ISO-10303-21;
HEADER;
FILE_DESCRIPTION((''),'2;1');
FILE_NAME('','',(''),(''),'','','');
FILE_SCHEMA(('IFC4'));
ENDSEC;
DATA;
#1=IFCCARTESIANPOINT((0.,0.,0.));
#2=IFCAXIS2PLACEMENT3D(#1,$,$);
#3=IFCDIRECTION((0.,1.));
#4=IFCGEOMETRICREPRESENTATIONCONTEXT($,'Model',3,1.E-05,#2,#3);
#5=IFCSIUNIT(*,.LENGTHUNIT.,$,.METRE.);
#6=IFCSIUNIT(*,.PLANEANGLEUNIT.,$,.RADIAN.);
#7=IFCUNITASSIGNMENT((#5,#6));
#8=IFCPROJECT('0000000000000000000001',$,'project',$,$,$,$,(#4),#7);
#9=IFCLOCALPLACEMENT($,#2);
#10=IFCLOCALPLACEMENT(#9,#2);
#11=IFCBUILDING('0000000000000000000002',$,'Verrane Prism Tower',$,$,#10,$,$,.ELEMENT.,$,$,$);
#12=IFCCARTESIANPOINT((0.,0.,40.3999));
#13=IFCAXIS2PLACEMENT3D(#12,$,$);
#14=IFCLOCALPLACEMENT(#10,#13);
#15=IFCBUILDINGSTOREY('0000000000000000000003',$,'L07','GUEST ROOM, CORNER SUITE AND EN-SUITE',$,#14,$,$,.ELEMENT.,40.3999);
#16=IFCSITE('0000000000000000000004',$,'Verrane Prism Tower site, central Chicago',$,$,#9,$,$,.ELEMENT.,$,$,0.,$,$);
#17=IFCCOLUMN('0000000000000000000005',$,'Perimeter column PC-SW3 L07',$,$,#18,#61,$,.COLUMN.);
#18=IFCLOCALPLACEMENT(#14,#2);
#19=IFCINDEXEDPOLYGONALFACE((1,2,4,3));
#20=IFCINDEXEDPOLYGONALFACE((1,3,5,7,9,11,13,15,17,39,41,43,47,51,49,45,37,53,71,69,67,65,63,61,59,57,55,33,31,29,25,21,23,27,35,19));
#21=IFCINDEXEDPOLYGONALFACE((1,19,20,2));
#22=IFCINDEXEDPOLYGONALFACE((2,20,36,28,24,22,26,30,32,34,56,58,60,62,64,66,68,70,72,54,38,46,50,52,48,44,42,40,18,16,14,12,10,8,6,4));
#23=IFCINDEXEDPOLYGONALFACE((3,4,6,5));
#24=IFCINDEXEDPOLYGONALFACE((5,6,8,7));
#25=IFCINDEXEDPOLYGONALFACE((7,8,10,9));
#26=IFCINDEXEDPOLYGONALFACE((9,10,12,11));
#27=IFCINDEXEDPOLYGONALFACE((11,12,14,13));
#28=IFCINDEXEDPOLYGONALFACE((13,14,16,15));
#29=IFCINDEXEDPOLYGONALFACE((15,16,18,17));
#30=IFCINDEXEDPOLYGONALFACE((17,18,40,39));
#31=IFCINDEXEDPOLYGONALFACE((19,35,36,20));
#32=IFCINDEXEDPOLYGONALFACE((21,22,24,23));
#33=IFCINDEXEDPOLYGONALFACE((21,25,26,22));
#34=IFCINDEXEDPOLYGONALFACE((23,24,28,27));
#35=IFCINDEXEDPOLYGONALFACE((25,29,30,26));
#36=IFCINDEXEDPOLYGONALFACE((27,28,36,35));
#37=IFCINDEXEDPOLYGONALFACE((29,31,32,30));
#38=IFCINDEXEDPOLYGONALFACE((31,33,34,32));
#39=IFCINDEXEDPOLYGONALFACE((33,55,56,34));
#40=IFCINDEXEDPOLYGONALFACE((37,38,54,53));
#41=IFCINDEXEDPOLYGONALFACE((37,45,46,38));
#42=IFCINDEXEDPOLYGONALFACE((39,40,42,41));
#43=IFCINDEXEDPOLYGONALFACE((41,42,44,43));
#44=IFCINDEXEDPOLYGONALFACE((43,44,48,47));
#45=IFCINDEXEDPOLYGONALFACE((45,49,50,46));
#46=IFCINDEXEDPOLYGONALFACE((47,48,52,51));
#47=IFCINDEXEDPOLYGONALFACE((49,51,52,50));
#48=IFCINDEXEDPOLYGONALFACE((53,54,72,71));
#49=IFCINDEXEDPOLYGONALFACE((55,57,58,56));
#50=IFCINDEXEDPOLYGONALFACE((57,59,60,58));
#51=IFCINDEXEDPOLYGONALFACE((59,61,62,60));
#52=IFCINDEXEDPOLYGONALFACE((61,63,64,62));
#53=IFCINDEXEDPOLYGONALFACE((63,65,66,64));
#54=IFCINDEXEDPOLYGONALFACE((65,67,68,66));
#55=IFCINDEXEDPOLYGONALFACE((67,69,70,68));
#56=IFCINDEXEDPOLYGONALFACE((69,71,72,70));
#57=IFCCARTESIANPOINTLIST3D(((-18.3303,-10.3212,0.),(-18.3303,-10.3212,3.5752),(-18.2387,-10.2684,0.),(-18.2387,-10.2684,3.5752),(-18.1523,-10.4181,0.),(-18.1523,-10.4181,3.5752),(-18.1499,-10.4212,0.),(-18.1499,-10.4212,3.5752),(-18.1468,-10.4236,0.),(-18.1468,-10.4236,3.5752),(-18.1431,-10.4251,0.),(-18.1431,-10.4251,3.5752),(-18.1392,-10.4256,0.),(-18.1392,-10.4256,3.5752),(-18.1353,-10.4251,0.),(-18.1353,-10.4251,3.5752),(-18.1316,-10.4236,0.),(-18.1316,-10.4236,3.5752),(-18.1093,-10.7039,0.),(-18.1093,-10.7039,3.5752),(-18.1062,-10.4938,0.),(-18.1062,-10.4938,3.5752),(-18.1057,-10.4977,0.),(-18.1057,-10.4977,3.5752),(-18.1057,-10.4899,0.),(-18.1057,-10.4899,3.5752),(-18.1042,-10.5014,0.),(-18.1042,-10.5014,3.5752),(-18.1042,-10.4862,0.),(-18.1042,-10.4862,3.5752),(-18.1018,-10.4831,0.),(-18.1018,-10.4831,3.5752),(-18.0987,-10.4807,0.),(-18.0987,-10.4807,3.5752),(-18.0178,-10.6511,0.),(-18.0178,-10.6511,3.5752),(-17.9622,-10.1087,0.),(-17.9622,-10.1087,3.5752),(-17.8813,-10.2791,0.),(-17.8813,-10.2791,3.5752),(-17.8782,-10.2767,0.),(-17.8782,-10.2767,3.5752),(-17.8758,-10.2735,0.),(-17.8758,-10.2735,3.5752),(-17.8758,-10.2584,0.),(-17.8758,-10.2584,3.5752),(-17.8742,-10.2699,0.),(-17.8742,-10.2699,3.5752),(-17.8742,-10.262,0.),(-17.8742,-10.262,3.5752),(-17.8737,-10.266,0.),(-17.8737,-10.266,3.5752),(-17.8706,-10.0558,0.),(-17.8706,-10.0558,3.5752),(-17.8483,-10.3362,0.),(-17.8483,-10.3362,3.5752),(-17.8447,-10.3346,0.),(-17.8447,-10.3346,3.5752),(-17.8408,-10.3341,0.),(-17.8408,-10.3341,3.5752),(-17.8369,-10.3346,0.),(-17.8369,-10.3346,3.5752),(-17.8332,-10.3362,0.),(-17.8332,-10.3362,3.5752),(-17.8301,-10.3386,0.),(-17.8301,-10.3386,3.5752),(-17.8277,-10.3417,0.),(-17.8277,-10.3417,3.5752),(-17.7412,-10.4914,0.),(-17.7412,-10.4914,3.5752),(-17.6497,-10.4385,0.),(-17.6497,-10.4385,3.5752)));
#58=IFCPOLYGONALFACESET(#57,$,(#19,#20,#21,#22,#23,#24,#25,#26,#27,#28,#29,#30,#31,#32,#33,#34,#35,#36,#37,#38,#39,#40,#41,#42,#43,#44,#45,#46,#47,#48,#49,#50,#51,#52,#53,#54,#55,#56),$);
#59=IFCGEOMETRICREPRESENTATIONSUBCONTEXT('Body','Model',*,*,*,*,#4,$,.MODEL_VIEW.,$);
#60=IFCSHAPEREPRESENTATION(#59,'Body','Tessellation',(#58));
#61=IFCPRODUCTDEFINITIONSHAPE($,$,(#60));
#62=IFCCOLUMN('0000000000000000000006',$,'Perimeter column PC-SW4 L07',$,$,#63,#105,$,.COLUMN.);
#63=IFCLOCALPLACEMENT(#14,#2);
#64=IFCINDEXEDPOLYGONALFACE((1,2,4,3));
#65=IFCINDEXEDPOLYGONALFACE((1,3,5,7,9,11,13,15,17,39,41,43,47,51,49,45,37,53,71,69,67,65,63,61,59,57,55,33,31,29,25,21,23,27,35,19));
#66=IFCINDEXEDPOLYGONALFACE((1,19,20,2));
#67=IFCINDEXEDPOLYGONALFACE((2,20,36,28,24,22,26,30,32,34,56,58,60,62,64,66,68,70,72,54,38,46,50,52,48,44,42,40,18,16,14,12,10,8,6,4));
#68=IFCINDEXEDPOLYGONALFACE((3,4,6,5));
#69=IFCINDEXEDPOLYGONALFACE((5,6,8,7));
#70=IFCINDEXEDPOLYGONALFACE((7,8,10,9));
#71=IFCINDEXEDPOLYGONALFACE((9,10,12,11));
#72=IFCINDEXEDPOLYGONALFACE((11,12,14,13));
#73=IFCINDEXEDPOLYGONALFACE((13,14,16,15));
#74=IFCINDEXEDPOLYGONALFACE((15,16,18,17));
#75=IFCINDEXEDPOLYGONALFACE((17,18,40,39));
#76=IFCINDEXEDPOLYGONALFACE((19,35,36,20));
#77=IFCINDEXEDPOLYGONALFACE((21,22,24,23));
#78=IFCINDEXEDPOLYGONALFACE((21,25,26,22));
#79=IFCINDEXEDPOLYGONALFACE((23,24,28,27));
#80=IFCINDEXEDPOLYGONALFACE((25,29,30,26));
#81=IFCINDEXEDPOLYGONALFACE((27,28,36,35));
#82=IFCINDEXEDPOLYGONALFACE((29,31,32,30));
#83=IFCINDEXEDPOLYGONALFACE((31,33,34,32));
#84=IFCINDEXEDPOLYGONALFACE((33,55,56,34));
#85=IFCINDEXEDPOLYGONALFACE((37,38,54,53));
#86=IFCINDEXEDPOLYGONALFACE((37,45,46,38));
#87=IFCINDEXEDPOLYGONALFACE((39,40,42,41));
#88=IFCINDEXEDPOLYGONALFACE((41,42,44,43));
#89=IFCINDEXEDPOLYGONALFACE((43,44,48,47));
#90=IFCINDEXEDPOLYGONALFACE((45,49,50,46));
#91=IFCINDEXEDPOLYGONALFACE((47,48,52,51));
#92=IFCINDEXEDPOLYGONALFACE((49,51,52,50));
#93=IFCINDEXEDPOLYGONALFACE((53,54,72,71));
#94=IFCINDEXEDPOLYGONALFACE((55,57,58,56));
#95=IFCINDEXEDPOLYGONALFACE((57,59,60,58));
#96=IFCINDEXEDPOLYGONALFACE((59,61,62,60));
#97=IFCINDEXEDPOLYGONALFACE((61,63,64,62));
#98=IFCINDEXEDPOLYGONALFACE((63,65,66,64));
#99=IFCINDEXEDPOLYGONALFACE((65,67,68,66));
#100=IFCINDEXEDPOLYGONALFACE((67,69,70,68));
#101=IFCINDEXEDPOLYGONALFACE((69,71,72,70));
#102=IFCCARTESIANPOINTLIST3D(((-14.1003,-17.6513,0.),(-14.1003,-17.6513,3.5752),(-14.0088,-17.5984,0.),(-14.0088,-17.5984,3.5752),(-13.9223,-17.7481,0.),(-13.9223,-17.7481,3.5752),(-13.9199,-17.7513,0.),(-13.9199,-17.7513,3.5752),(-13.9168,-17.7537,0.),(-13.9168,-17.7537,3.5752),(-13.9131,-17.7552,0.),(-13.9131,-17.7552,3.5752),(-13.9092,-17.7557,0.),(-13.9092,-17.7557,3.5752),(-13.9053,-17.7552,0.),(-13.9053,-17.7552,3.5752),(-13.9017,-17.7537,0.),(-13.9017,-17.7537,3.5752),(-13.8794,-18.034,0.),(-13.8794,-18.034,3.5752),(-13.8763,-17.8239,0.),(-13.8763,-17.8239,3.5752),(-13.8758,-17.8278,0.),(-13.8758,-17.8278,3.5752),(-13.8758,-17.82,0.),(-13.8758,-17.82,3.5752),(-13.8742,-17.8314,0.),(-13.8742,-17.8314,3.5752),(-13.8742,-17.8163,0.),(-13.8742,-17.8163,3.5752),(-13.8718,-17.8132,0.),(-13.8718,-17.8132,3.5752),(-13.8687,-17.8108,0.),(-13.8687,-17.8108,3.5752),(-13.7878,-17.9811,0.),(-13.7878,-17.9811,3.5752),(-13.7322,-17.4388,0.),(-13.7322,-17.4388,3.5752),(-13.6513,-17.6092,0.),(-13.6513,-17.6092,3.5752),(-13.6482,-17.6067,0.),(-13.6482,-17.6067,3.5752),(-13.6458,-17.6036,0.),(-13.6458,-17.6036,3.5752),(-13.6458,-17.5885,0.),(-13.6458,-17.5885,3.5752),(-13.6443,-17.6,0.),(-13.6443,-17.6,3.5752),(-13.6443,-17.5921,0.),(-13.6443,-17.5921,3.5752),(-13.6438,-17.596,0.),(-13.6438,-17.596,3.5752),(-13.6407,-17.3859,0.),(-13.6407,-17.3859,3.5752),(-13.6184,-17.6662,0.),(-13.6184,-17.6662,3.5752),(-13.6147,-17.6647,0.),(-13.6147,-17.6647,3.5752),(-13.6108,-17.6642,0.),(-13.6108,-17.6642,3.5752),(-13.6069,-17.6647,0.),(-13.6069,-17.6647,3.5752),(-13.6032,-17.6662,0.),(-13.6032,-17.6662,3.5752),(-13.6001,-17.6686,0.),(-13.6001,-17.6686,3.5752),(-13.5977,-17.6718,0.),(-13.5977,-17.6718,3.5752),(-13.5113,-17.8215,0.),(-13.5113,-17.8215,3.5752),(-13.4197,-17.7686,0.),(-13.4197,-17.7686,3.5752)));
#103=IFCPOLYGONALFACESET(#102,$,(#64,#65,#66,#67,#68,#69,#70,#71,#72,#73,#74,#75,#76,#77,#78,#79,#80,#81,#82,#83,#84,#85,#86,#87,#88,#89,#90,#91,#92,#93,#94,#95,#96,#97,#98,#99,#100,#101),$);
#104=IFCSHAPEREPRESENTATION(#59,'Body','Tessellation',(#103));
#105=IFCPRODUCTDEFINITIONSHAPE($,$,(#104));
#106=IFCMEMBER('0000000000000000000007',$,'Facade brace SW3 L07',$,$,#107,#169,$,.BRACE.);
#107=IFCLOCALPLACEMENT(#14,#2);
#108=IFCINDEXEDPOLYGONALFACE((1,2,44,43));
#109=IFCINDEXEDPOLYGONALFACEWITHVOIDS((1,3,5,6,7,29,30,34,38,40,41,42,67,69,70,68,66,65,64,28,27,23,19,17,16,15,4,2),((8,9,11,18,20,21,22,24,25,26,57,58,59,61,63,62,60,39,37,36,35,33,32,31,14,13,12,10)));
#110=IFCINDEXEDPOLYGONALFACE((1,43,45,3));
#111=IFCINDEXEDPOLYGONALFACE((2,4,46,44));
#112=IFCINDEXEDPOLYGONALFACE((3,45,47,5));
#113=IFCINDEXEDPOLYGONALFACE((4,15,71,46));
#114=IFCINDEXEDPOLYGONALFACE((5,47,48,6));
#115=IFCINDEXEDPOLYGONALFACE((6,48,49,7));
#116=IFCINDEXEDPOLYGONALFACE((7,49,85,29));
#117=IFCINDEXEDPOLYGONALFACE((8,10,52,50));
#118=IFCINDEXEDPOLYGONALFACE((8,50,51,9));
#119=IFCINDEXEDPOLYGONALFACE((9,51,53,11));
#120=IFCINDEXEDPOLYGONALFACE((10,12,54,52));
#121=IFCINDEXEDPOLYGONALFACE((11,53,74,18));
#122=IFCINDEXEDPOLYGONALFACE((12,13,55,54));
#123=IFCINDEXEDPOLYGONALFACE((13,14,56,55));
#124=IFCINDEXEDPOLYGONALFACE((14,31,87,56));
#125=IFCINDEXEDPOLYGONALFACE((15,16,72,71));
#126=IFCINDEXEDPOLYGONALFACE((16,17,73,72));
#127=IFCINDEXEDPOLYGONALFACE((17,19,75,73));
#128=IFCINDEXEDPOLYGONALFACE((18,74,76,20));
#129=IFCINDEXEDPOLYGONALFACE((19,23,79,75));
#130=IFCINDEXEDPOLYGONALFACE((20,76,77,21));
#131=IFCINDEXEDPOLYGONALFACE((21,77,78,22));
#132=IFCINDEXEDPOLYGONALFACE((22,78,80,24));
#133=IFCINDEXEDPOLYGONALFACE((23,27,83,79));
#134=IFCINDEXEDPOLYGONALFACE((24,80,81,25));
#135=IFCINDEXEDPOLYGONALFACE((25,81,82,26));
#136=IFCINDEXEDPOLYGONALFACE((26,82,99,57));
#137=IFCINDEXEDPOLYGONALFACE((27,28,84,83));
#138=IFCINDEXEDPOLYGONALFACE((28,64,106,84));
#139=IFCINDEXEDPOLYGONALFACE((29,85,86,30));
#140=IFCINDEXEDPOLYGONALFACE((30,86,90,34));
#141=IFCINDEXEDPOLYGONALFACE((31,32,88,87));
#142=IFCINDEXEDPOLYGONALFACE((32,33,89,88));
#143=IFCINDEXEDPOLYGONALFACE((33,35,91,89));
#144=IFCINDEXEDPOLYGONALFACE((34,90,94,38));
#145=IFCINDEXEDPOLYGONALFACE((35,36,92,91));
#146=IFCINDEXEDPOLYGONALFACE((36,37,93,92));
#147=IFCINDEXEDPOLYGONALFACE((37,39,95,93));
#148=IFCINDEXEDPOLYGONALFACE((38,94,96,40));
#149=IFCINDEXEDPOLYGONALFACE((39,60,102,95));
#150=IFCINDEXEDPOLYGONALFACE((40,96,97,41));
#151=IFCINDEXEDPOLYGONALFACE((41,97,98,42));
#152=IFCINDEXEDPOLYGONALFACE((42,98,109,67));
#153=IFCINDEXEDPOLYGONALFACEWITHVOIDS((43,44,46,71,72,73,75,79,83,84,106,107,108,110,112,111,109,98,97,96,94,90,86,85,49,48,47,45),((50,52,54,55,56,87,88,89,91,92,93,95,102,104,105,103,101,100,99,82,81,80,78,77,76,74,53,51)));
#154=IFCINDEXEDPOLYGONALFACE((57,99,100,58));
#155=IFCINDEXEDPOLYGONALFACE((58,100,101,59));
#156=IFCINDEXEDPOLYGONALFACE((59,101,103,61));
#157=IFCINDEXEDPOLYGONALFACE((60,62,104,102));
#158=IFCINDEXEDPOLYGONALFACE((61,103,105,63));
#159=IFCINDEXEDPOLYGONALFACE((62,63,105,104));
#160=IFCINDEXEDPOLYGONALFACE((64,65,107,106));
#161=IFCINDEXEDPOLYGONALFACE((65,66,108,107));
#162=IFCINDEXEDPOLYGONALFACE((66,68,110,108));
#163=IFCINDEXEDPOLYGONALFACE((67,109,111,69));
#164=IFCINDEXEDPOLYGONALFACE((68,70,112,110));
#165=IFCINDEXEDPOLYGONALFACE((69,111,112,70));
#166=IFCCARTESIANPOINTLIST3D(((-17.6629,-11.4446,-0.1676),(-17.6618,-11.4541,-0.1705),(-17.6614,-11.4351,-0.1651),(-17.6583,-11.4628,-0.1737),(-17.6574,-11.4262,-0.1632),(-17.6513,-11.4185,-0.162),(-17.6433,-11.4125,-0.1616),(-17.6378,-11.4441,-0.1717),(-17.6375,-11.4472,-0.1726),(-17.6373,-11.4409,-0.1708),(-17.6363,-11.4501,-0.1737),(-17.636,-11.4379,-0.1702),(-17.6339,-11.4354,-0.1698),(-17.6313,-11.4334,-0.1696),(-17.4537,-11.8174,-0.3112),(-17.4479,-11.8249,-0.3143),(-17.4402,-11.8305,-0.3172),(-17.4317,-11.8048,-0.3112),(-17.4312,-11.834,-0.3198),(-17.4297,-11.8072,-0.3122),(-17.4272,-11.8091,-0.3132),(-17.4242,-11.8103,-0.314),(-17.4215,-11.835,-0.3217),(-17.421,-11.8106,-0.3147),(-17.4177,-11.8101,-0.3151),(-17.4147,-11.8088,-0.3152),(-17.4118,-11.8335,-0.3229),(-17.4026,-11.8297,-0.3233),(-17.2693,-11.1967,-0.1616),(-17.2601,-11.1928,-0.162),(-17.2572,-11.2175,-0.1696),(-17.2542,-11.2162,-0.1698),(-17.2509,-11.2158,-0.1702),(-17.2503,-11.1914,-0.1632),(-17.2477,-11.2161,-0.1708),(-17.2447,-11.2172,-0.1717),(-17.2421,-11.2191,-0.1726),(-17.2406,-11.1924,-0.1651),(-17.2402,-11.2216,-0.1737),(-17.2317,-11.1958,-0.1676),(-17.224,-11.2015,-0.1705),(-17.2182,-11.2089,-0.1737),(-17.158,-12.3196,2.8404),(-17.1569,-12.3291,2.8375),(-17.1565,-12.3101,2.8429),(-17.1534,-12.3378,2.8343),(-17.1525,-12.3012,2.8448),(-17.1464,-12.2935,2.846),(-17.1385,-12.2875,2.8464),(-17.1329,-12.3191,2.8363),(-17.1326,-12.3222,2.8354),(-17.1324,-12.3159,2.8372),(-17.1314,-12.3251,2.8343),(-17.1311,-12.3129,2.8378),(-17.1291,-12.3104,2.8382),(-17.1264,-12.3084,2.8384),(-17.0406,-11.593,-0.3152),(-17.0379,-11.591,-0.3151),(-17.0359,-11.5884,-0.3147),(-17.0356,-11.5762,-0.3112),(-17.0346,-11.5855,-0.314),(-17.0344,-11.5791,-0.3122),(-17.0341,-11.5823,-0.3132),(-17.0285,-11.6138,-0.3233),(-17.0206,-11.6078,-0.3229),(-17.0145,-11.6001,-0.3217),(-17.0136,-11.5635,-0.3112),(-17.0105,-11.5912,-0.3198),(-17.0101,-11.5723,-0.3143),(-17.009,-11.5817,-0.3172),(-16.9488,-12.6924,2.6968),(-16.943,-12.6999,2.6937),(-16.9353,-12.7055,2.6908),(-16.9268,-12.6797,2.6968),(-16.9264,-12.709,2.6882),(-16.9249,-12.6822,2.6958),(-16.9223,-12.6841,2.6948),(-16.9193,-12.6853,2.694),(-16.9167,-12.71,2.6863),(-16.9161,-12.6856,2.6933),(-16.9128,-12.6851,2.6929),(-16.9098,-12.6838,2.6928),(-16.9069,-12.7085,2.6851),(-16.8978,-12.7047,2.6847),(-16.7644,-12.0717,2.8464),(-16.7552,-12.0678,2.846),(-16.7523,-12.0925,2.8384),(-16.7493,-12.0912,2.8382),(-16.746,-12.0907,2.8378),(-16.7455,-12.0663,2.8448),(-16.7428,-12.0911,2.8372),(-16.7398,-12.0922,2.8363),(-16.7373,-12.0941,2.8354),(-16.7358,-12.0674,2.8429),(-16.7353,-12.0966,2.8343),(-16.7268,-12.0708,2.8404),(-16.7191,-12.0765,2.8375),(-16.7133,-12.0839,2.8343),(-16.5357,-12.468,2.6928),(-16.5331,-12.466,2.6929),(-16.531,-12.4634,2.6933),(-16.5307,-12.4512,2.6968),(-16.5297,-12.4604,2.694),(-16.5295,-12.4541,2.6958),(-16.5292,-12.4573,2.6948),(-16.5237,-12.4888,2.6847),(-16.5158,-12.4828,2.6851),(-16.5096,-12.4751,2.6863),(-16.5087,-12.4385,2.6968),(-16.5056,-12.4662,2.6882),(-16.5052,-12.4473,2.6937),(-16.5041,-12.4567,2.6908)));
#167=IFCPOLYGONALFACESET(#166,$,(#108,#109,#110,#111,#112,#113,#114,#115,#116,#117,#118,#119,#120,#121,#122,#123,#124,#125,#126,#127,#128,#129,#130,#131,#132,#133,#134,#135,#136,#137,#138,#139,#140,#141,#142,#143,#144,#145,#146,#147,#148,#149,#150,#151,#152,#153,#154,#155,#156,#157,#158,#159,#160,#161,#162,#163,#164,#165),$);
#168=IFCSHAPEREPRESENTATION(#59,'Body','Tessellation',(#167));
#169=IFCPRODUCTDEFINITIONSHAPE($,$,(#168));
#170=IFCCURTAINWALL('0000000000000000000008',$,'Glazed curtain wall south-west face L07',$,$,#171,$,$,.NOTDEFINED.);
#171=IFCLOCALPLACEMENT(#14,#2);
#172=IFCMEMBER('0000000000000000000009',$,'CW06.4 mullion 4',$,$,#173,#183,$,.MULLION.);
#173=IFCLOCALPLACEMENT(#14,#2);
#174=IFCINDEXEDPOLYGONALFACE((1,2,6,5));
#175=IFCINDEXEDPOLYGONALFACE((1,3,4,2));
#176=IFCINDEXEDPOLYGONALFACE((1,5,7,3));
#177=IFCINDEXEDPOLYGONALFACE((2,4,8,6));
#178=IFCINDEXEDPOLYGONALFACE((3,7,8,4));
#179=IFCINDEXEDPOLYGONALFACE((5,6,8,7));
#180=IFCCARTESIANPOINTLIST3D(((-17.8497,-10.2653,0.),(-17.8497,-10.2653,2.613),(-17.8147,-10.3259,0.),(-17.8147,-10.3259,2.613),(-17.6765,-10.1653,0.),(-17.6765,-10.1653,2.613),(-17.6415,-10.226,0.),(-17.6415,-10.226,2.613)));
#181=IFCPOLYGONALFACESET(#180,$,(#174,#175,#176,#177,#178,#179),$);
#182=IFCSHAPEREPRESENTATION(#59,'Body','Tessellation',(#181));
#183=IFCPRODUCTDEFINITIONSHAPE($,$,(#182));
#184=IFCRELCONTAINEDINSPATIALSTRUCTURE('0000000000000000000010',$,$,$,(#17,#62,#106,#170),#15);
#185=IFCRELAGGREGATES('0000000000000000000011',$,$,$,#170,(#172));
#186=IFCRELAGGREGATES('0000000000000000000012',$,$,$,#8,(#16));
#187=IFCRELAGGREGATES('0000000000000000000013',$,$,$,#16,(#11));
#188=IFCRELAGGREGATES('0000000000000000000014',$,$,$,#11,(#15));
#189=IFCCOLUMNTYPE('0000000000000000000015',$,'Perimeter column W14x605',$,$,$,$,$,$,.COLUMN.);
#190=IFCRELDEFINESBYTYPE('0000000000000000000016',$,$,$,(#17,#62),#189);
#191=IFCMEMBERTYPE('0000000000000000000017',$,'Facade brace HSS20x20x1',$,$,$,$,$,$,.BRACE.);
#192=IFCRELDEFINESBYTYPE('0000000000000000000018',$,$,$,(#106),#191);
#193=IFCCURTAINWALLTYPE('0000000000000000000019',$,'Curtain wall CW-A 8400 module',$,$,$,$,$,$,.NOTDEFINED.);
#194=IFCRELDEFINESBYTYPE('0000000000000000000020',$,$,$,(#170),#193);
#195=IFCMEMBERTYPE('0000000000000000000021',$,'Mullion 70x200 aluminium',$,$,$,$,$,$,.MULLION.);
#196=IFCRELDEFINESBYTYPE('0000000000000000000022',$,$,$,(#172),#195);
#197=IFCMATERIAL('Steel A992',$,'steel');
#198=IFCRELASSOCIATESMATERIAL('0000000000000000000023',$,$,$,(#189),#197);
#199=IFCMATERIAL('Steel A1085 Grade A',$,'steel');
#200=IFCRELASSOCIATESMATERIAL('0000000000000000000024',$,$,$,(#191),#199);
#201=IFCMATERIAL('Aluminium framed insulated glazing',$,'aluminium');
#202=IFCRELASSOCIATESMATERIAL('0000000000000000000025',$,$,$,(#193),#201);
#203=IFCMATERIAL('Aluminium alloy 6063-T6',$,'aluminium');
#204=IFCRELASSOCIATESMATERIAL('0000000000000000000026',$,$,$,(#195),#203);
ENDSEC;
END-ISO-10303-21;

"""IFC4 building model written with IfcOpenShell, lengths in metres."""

from ifc_helpers import new_model, si_unit, direction, frame, origin, origin_2d, place, context, subcontext, project, spatial, rectangle, hollow_rectangle, i_section, extrude, material, material_profile, profile_set, type_object, element, aggregate, save


model = new_model("IFC4")

# Units and contexts
model_context = context("Model", 3, precision=1e-05, world=origin(), true_north=direction((0.0, 1.0)))
body_context = subcontext(model_context, "Body", "Model", "MODEL_VIEW")
ifc_project = project(units=[si_unit("LENGTHUNIT", "METRE"), si_unit("PLANEANGLEUNIT", "RADIAN")], contexts=[model_context])

# Site, building, storey
site_placement = place(None, origin())
site = spatial("IfcSite", under=ifc_project, at=site_placement, Name="Verrane Prism Tower site, central Chicago", CompositionType="ELEMENT", RefElevation=0.0)
building_placement = place(site_placement, origin())
building = spatial("IfcBuilding", under=site, at=building_placement, Name="Verrane Prism Tower", CompositionType="ELEMENT")
storey_placement = place(building_placement, frame((0.0, 0.0, 40.3999)))
storey = spatial("IfcBuildingStorey", under=building, at=storey_placement, Name="L07", Description="GUEST ROOM, CORNER SUITE AND EN-SUITE", CompositionType="ELEMENT", Elevation=40.3999)

# Columns
ifc_material_1 = material(Name="Steel A992", Category="steel")
ifc_material_profile_1 = material_profile(ifc_material_1, i_section(OverallWidth=0.4419, OverallDepth=0.5308, WebThickness=0.0659, FlangeThickness=0.1057, FilletRadius=0.0151, at=origin_2d()), Name="W14x605")
ifc_profile_set_1 = profile_set([ifc_material_profile_1], Name="Steel A992")
column_type = type_object("IfcColumnType", Name="Perimeter column W14x605", PredefinedType="COLUMN", material=ifc_profile_set_1)
for number, where, z_axis, x_axis, name in (
    (1, (-17.99, -10.3799, 0.0), (0.0, 0.0, 1.0), (-0.5, 0.866025, 0.0), "Perimeter column PC-SW3 L07"),
    (2, (-13.76, -17.71, 0.0), (0.0, 0.0, 1.0), (-0.5, 0.866025, 0.0), "Perimeter column PC-SW4 L07"),
):
    element("IfcColumn", number, at=place(storey_placement, frame(where, z_axis=z_axis, x_axis=x_axis)), inside=storey, type_object=column_type, Name=name, PredefinedType="COLUMN", context=body_context, shape_type="SweptSolid", body=[
        extrude(i_section(OverallWidth=0.4419, OverallDepth=0.5308, WebThickness=0.0659, FlangeThickness=0.1057, FilletRadius=0.0151, at=origin_2d()), origin(), (0.0, 0.0, 1.0), 3.5752),
    ])

# Member
ifc_material_2 = material(Name="Steel A1085 Grade A", Category="steel")
ifc_material_profile_2 = material_profile(ifc_material_2, hollow_rectangle(XDim=0.5081, YDim=0.5081, WallThickness=0.0254, InnerFilletRadius=0.0127, OuterFilletRadius=0.0381, at=origin_2d()), Name="HSS20x20x1")
ifc_profile_set_2 = profile_set([ifc_material_profile_2], Name="Steel A1085 Grade A")
member_type_1 = type_object("IfcMemberType", Name="Facade brace HSS20x20x1", PredefinedType="BRACE", material=ifc_profile_set_2)
member_1_placement = place(storey_placement, frame((-17.3359, -11.5132, -0.2424), z_axis=(0.15911, -0.27575, 0.947969), x_axis=(0.866153, 0.499778, 0.0)))
element("IfcMember", 3, at=member_1_placement, inside=storey, type_object=member_type_1, Name="Facade brace SW3 L07", PredefinedType="BRACE", context=body_context, shape_type="SweptSolid", body=[
    extrude(hollow_rectangle(XDim=0.5081, YDim=0.5081, WallThickness=0.0254, InnerFilletRadius=0.0127, OuterFilletRadius=0.0381, at=origin_2d()), origin(), (0.0, 0.0, 1.0), 3.1731),
])

# Curtain wall, member
ifc_material_3 = material(Name="Aluminium framed insulated glazing", Category="aluminium")
curtain_wall_type = type_object("IfcCurtainWallType", Name="Curtain wall CW-A 8400 module", PredefinedType="NOTDEFINED", material=ifc_material_3)
curtain_wall_placement = place(storey_placement, origin())
curtain_wall = element("IfcCurtainWall", 4, at=curtain_wall_placement, inside=storey, type_object=curtain_wall_type, Name="Glazed curtain wall south-west face L07", PredefinedType="NOTDEFINED")
ifc_material_4 = material(Name="Aluminium alloy 6063-T6", Category="aluminium")
ifc_material_profile_3 = material_profile(ifc_material_4, rectangle(XDim=0.2, YDim=0.0701, at=origin_2d()), Name="Mullion 70x200 aluminium")
ifc_profile_set_3 = profile_set([ifc_material_profile_3], Name="Aluminium alloy 6063-T6")
member_type_2 = type_object("IfcMemberType", Name="Mullion 70x200 aluminium", PredefinedType="MULLION", material=ifc_profile_set_3)
member_2_placement = place(storey_placement, frame((-17.7456, -10.2456, 0.0), z_axis=(0.0, 0.0, 1.0), x_axis=(0.866025, 0.5, 0.0)))
member_2 = element("IfcMember", 5, at=member_2_placement, type_object=member_type_2, Name="CW06.4 mullion 4", PredefinedType="MULLION", context=body_context, shape_type="SweptSolid", body=[
    extrude(rectangle(XDim=0.2, YDim=0.0701, at=origin_2d()), origin(), (0.0, 0.0, 1.0), 2.613),
])

aggregate(curtain_wall, [member_2])

save(model, "model.ifc")
